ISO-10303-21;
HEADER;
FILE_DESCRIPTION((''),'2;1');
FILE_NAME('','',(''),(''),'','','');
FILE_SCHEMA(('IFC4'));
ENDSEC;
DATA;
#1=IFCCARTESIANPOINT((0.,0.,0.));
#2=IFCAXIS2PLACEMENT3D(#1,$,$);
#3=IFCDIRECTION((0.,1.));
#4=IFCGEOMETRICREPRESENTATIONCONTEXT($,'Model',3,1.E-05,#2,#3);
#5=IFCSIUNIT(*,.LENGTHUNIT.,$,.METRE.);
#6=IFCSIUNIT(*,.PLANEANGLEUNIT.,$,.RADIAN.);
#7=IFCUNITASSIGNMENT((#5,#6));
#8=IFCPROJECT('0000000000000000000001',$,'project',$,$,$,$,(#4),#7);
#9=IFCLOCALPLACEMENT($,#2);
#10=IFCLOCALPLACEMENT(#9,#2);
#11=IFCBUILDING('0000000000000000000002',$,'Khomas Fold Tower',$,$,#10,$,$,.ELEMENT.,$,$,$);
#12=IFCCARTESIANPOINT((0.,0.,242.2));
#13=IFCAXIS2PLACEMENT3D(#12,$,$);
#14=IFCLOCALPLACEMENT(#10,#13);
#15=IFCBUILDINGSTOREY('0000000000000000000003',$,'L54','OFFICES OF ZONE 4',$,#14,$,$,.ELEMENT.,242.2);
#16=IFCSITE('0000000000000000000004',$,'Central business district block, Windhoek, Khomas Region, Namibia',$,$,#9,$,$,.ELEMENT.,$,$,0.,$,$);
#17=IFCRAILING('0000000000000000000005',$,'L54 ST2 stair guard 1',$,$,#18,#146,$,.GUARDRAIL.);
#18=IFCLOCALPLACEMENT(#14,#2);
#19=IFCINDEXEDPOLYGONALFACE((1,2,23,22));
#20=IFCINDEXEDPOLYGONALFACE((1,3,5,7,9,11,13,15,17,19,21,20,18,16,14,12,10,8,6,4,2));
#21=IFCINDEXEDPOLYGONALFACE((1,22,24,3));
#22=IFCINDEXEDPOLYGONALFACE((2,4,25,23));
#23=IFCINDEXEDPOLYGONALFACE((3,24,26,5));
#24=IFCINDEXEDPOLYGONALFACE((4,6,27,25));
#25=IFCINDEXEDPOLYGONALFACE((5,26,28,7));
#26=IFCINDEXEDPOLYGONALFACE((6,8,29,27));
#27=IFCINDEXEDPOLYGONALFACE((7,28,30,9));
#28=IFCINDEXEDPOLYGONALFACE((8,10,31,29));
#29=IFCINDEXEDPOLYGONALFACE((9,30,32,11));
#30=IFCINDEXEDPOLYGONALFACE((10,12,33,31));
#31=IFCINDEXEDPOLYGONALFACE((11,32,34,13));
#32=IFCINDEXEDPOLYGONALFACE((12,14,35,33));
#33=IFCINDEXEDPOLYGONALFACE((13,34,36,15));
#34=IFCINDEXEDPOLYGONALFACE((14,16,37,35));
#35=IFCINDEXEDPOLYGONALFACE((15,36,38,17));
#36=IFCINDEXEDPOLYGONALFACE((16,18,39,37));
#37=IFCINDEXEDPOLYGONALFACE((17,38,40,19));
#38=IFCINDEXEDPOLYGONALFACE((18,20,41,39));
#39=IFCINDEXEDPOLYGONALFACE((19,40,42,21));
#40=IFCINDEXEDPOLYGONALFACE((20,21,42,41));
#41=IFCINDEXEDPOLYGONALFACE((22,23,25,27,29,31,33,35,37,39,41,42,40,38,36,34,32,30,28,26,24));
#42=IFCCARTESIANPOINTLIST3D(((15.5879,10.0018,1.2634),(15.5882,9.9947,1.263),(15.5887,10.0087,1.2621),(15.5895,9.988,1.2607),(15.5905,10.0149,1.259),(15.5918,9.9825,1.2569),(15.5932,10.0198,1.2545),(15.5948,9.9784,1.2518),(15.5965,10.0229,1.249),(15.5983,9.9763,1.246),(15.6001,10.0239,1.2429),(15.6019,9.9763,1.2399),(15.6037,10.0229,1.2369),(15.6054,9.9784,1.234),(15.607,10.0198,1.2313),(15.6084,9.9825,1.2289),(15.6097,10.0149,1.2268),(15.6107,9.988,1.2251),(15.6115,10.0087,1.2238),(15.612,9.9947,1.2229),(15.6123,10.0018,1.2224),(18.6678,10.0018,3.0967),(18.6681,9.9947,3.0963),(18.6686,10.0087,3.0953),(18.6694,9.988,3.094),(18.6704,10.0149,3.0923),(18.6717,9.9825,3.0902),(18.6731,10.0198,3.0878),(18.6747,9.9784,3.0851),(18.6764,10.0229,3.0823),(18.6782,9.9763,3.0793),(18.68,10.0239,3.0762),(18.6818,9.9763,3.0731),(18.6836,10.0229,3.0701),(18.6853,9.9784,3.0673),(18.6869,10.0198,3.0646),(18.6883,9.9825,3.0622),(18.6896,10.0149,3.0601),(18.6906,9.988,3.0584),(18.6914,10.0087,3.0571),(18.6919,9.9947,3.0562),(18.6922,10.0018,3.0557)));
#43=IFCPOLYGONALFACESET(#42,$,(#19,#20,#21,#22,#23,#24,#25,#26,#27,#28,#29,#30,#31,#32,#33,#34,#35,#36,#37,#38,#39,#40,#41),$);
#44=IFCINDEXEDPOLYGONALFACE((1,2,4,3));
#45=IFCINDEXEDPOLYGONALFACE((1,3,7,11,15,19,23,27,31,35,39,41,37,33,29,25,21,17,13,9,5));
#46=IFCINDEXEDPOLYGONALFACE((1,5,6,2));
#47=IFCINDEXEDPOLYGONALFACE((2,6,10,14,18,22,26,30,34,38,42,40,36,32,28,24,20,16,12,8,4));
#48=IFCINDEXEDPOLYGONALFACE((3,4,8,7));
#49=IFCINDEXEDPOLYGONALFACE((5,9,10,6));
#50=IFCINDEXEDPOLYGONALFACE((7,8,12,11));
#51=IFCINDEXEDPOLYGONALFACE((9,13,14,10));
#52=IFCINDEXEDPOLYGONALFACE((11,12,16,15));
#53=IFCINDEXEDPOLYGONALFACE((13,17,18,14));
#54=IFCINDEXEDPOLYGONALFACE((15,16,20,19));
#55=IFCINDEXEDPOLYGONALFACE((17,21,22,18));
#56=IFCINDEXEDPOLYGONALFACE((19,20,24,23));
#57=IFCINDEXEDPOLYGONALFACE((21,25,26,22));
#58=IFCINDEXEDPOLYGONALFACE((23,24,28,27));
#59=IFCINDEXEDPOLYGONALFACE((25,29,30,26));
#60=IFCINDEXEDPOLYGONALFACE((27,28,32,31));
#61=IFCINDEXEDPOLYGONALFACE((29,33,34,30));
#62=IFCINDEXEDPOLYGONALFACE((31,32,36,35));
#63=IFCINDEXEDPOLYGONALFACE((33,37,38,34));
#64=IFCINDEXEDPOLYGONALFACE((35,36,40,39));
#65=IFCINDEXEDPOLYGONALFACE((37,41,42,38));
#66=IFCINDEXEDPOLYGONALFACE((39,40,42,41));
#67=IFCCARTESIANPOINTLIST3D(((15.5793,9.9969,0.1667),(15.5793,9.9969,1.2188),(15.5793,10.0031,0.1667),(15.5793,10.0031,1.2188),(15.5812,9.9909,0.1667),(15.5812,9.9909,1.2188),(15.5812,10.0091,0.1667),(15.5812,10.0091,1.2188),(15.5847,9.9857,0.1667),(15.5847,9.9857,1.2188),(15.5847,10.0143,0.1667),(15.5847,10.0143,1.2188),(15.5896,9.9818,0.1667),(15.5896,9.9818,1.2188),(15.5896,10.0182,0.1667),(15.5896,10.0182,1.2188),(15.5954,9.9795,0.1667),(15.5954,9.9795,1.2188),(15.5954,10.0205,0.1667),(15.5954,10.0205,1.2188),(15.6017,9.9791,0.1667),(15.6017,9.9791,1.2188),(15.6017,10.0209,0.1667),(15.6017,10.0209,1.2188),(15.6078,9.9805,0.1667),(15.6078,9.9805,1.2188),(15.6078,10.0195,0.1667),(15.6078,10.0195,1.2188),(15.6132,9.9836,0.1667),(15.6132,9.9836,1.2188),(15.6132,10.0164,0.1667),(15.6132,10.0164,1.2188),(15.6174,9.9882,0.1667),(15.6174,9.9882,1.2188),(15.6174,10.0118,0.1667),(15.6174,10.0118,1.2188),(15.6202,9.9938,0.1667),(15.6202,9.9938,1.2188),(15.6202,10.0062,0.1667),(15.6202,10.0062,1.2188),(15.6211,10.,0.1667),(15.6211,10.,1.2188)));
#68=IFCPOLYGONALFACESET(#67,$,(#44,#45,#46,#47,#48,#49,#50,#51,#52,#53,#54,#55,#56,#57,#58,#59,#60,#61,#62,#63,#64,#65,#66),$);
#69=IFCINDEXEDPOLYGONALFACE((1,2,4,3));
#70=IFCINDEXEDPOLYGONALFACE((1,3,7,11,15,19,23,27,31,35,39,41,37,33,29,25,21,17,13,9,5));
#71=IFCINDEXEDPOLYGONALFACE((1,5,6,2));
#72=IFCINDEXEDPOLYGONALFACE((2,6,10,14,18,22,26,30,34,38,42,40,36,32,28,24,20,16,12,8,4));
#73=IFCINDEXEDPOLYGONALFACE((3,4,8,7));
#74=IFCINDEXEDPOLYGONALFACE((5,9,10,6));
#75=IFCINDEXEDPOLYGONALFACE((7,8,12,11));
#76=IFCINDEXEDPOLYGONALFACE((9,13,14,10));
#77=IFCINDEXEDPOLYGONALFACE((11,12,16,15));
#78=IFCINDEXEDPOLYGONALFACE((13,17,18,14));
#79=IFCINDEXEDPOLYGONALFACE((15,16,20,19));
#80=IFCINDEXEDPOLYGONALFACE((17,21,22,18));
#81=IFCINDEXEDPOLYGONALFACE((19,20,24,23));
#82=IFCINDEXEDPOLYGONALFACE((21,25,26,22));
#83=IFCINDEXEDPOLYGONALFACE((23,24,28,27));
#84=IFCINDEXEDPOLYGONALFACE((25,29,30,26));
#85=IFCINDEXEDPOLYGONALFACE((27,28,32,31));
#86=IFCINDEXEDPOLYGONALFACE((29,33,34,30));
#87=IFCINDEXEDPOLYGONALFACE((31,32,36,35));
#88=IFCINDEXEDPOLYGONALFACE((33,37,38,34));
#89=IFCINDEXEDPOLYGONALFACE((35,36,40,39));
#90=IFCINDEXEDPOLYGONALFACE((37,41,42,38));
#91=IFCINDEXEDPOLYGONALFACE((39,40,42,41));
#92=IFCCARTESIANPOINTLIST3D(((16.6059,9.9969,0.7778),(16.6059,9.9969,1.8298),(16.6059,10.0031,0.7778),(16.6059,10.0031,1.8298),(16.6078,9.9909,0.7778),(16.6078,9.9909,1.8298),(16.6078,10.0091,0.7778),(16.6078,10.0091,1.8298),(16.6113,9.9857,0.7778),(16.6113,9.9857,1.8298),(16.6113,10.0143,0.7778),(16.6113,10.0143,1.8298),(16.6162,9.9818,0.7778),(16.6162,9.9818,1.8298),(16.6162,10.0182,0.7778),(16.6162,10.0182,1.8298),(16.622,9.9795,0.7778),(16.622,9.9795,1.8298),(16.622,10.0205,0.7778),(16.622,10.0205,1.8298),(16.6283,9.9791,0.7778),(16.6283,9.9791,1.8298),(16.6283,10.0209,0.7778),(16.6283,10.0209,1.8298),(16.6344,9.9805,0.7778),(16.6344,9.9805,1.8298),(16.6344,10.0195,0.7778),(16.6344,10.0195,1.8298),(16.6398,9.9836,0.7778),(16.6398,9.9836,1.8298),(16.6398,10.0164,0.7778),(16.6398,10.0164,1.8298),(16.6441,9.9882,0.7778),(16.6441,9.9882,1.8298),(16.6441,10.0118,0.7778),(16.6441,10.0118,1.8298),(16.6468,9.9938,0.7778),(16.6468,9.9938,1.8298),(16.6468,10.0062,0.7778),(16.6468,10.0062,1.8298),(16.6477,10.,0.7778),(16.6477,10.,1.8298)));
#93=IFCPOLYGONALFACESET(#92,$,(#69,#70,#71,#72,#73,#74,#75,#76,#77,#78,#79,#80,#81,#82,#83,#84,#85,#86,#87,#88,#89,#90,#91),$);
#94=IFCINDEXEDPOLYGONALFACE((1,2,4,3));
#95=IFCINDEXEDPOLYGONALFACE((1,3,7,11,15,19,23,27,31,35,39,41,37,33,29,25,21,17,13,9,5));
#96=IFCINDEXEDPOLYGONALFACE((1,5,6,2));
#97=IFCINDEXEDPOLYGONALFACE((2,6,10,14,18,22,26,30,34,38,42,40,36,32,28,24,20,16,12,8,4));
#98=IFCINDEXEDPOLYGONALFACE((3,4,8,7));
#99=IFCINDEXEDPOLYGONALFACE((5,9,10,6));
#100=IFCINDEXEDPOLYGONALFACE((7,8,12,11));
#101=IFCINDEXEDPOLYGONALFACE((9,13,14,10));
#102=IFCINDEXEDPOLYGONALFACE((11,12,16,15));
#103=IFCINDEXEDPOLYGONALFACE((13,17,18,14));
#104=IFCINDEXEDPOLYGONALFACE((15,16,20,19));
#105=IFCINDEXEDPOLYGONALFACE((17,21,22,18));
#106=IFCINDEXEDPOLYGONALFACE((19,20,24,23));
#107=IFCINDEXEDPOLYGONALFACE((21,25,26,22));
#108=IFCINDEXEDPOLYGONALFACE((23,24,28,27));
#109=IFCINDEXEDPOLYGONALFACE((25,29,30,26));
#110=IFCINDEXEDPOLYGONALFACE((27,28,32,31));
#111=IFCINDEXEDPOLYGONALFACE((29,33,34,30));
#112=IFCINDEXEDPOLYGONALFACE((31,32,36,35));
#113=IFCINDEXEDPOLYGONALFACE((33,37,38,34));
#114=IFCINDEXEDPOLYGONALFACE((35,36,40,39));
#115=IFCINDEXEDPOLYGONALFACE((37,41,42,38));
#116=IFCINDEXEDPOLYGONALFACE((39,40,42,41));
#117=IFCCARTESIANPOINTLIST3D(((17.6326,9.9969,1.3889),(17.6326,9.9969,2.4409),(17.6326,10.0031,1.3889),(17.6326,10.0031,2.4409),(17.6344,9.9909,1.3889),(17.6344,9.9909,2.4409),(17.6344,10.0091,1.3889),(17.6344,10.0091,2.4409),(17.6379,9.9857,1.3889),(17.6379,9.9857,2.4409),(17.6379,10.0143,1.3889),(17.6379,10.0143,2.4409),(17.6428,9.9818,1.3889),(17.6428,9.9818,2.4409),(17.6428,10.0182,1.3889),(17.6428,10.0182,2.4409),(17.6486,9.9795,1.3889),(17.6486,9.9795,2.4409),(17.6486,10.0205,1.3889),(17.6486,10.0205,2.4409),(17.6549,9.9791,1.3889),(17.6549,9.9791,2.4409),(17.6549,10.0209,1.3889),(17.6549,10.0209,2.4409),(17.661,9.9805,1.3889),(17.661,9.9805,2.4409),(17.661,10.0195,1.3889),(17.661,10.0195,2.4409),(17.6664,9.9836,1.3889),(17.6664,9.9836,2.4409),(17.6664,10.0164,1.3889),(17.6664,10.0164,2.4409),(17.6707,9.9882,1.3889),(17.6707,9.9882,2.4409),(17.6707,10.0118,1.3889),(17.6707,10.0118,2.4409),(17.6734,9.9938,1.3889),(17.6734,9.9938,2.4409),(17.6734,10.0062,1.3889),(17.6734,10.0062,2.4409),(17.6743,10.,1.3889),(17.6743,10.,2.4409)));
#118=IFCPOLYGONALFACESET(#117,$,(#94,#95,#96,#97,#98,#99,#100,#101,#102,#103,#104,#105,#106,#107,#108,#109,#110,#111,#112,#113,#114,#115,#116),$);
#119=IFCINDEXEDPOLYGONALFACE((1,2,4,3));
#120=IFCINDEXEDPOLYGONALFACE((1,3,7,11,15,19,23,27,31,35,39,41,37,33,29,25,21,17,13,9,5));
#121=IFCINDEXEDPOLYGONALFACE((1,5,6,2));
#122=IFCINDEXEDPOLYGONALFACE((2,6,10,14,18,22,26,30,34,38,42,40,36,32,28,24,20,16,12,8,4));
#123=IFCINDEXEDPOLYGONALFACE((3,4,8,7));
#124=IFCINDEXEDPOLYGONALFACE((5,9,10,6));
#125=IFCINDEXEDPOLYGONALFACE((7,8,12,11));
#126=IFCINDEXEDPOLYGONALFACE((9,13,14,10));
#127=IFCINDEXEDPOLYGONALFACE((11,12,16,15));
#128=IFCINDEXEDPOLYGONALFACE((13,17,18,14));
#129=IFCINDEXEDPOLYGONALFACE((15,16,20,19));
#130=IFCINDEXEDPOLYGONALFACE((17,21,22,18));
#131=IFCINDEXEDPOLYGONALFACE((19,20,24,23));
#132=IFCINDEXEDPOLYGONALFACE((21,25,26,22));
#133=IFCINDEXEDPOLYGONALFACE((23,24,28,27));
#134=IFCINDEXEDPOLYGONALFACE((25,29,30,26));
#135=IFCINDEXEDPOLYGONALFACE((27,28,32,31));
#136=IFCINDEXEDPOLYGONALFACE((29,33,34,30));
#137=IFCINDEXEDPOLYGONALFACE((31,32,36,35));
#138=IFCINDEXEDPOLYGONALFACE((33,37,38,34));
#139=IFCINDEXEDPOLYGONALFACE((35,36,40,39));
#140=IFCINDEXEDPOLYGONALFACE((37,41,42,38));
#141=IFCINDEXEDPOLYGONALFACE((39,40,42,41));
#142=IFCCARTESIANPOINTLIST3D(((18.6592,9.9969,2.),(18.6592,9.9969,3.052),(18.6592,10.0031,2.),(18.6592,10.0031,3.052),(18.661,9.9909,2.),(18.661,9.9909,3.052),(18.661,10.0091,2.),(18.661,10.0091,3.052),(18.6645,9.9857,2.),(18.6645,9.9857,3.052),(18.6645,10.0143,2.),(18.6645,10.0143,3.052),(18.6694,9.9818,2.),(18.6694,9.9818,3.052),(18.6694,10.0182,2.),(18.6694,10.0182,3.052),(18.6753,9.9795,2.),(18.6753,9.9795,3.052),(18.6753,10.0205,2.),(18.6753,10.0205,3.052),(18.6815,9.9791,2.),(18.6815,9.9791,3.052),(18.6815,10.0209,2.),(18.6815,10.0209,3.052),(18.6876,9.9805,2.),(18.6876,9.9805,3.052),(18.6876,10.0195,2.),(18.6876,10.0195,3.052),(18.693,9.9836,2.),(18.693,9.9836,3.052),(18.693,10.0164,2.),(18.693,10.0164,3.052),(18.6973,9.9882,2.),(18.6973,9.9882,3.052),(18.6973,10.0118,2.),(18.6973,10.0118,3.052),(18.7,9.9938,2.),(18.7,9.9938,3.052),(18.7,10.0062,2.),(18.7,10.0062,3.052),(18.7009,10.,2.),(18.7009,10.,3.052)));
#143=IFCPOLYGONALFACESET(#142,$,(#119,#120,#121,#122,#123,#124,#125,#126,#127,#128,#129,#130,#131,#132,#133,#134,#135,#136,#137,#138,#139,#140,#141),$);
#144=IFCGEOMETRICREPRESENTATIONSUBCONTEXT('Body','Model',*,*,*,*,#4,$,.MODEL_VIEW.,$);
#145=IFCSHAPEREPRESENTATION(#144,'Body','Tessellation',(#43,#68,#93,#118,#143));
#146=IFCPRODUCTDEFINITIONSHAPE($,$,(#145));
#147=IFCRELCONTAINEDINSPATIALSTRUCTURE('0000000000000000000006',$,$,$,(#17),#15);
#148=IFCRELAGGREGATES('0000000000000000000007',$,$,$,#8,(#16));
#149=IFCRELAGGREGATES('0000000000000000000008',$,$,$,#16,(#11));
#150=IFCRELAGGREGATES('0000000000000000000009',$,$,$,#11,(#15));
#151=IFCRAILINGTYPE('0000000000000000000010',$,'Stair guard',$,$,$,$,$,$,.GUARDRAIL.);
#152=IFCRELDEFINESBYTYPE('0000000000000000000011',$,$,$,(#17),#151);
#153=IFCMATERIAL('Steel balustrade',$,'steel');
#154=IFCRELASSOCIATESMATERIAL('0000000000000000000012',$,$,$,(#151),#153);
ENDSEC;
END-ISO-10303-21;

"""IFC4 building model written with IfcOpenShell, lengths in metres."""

from ifc_helpers import new_model, si_unit, direction, frame, origin, origin_2d, place, context, subcontext, project, spatial, circle, extrude, source, transform, mapped, material, type_object, element, save


model = new_model("IFC4")

# Units and contexts
model_context = context("Model", 3, precision=1e-05, world=origin(), true_north=direction((0.0, 1.0)))
body_context = subcontext(model_context, "Body", "Model", "MODEL_VIEW")
ifc_project = project(units=[si_unit("LENGTHUNIT", "METRE"), si_unit("PLANEANGLEUNIT", "RADIAN")], contexts=[model_context])

# Site, building, storey
site_placement = place(None, origin())
site = spatial("IfcSite", under=ifc_project, at=site_placement, Name="Central business district block, Windhoek, Khomas Region, Namibia", CompositionType="ELEMENT", RefElevation=0.0)
building_placement = place(site_placement, origin())
building = spatial("IfcBuilding", under=site, at=building_placement, Name="Khomas Fold Tower", CompositionType="ELEMENT")
storey_placement = place(building_placement, frame((0.0, 0.0, 242.2)))
storey = spatial("IfcBuildingStorey", under=building, at=storey_placement, Name="L54", Description="OFFICES OF ZONE 4", CompositionType="ELEMENT", Elevation=242.2)

# Railing
ifc_material_1 = material(Name="Steel balustrade", Category="steel")
railing_type_1 = type_object("IfcRailingType", Name="Stair guard", PredefinedType="GUARDRAIL", material=ifc_material_1)
shared_shape_1 = source(origin(), body_context, "Body", "SweptSolid", [
    extrude(circle(Radius=0.0239, at=origin_2d()), frame((0.0, 0.0, 1.0762), z_axis=(0.859291, 0.0, 0.511487), x_axis=(0.0, 1.0, 0.0)), (0.0, 0.0, 1.0), 3.5842),
    extrude(circle(Radius=0.021, at=origin_2d()), origin(), (0.0, 0.0, 1.0), 1.052),
    extrude(circle(Radius=0.021, at=origin_2d()), frame((1.0266, 0.0, 0.6111)), (0.0, 0.0, 1.0), 1.052),
    extrude(circle(Radius=0.021, at=origin_2d()), frame((2.0532, 0.0, 1.2222)), (0.0, 0.0, 1.0), 1.052),
    extrude(circle(Radius=0.021, at=origin_2d()), frame((3.0798, 0.0, 1.8333)), (0.0, 0.0, 1.0), 1.052),
])
railing_1_placement = place(storey_placement, frame((15.6001, 10.0, 0.1667)))
element("IfcRailing", 1, at=railing_1_placement, inside=storey, type_object=railing_type_1, Name="L54 ST2 stair guard 1", PredefinedType="GUARDRAIL", context=body_context, shape_type="MappedRepresentation", body=[
    mapped(shared_shape_1, transform((0.0, 0.0, 0.0))),
])

save(model, "model.ifc")
